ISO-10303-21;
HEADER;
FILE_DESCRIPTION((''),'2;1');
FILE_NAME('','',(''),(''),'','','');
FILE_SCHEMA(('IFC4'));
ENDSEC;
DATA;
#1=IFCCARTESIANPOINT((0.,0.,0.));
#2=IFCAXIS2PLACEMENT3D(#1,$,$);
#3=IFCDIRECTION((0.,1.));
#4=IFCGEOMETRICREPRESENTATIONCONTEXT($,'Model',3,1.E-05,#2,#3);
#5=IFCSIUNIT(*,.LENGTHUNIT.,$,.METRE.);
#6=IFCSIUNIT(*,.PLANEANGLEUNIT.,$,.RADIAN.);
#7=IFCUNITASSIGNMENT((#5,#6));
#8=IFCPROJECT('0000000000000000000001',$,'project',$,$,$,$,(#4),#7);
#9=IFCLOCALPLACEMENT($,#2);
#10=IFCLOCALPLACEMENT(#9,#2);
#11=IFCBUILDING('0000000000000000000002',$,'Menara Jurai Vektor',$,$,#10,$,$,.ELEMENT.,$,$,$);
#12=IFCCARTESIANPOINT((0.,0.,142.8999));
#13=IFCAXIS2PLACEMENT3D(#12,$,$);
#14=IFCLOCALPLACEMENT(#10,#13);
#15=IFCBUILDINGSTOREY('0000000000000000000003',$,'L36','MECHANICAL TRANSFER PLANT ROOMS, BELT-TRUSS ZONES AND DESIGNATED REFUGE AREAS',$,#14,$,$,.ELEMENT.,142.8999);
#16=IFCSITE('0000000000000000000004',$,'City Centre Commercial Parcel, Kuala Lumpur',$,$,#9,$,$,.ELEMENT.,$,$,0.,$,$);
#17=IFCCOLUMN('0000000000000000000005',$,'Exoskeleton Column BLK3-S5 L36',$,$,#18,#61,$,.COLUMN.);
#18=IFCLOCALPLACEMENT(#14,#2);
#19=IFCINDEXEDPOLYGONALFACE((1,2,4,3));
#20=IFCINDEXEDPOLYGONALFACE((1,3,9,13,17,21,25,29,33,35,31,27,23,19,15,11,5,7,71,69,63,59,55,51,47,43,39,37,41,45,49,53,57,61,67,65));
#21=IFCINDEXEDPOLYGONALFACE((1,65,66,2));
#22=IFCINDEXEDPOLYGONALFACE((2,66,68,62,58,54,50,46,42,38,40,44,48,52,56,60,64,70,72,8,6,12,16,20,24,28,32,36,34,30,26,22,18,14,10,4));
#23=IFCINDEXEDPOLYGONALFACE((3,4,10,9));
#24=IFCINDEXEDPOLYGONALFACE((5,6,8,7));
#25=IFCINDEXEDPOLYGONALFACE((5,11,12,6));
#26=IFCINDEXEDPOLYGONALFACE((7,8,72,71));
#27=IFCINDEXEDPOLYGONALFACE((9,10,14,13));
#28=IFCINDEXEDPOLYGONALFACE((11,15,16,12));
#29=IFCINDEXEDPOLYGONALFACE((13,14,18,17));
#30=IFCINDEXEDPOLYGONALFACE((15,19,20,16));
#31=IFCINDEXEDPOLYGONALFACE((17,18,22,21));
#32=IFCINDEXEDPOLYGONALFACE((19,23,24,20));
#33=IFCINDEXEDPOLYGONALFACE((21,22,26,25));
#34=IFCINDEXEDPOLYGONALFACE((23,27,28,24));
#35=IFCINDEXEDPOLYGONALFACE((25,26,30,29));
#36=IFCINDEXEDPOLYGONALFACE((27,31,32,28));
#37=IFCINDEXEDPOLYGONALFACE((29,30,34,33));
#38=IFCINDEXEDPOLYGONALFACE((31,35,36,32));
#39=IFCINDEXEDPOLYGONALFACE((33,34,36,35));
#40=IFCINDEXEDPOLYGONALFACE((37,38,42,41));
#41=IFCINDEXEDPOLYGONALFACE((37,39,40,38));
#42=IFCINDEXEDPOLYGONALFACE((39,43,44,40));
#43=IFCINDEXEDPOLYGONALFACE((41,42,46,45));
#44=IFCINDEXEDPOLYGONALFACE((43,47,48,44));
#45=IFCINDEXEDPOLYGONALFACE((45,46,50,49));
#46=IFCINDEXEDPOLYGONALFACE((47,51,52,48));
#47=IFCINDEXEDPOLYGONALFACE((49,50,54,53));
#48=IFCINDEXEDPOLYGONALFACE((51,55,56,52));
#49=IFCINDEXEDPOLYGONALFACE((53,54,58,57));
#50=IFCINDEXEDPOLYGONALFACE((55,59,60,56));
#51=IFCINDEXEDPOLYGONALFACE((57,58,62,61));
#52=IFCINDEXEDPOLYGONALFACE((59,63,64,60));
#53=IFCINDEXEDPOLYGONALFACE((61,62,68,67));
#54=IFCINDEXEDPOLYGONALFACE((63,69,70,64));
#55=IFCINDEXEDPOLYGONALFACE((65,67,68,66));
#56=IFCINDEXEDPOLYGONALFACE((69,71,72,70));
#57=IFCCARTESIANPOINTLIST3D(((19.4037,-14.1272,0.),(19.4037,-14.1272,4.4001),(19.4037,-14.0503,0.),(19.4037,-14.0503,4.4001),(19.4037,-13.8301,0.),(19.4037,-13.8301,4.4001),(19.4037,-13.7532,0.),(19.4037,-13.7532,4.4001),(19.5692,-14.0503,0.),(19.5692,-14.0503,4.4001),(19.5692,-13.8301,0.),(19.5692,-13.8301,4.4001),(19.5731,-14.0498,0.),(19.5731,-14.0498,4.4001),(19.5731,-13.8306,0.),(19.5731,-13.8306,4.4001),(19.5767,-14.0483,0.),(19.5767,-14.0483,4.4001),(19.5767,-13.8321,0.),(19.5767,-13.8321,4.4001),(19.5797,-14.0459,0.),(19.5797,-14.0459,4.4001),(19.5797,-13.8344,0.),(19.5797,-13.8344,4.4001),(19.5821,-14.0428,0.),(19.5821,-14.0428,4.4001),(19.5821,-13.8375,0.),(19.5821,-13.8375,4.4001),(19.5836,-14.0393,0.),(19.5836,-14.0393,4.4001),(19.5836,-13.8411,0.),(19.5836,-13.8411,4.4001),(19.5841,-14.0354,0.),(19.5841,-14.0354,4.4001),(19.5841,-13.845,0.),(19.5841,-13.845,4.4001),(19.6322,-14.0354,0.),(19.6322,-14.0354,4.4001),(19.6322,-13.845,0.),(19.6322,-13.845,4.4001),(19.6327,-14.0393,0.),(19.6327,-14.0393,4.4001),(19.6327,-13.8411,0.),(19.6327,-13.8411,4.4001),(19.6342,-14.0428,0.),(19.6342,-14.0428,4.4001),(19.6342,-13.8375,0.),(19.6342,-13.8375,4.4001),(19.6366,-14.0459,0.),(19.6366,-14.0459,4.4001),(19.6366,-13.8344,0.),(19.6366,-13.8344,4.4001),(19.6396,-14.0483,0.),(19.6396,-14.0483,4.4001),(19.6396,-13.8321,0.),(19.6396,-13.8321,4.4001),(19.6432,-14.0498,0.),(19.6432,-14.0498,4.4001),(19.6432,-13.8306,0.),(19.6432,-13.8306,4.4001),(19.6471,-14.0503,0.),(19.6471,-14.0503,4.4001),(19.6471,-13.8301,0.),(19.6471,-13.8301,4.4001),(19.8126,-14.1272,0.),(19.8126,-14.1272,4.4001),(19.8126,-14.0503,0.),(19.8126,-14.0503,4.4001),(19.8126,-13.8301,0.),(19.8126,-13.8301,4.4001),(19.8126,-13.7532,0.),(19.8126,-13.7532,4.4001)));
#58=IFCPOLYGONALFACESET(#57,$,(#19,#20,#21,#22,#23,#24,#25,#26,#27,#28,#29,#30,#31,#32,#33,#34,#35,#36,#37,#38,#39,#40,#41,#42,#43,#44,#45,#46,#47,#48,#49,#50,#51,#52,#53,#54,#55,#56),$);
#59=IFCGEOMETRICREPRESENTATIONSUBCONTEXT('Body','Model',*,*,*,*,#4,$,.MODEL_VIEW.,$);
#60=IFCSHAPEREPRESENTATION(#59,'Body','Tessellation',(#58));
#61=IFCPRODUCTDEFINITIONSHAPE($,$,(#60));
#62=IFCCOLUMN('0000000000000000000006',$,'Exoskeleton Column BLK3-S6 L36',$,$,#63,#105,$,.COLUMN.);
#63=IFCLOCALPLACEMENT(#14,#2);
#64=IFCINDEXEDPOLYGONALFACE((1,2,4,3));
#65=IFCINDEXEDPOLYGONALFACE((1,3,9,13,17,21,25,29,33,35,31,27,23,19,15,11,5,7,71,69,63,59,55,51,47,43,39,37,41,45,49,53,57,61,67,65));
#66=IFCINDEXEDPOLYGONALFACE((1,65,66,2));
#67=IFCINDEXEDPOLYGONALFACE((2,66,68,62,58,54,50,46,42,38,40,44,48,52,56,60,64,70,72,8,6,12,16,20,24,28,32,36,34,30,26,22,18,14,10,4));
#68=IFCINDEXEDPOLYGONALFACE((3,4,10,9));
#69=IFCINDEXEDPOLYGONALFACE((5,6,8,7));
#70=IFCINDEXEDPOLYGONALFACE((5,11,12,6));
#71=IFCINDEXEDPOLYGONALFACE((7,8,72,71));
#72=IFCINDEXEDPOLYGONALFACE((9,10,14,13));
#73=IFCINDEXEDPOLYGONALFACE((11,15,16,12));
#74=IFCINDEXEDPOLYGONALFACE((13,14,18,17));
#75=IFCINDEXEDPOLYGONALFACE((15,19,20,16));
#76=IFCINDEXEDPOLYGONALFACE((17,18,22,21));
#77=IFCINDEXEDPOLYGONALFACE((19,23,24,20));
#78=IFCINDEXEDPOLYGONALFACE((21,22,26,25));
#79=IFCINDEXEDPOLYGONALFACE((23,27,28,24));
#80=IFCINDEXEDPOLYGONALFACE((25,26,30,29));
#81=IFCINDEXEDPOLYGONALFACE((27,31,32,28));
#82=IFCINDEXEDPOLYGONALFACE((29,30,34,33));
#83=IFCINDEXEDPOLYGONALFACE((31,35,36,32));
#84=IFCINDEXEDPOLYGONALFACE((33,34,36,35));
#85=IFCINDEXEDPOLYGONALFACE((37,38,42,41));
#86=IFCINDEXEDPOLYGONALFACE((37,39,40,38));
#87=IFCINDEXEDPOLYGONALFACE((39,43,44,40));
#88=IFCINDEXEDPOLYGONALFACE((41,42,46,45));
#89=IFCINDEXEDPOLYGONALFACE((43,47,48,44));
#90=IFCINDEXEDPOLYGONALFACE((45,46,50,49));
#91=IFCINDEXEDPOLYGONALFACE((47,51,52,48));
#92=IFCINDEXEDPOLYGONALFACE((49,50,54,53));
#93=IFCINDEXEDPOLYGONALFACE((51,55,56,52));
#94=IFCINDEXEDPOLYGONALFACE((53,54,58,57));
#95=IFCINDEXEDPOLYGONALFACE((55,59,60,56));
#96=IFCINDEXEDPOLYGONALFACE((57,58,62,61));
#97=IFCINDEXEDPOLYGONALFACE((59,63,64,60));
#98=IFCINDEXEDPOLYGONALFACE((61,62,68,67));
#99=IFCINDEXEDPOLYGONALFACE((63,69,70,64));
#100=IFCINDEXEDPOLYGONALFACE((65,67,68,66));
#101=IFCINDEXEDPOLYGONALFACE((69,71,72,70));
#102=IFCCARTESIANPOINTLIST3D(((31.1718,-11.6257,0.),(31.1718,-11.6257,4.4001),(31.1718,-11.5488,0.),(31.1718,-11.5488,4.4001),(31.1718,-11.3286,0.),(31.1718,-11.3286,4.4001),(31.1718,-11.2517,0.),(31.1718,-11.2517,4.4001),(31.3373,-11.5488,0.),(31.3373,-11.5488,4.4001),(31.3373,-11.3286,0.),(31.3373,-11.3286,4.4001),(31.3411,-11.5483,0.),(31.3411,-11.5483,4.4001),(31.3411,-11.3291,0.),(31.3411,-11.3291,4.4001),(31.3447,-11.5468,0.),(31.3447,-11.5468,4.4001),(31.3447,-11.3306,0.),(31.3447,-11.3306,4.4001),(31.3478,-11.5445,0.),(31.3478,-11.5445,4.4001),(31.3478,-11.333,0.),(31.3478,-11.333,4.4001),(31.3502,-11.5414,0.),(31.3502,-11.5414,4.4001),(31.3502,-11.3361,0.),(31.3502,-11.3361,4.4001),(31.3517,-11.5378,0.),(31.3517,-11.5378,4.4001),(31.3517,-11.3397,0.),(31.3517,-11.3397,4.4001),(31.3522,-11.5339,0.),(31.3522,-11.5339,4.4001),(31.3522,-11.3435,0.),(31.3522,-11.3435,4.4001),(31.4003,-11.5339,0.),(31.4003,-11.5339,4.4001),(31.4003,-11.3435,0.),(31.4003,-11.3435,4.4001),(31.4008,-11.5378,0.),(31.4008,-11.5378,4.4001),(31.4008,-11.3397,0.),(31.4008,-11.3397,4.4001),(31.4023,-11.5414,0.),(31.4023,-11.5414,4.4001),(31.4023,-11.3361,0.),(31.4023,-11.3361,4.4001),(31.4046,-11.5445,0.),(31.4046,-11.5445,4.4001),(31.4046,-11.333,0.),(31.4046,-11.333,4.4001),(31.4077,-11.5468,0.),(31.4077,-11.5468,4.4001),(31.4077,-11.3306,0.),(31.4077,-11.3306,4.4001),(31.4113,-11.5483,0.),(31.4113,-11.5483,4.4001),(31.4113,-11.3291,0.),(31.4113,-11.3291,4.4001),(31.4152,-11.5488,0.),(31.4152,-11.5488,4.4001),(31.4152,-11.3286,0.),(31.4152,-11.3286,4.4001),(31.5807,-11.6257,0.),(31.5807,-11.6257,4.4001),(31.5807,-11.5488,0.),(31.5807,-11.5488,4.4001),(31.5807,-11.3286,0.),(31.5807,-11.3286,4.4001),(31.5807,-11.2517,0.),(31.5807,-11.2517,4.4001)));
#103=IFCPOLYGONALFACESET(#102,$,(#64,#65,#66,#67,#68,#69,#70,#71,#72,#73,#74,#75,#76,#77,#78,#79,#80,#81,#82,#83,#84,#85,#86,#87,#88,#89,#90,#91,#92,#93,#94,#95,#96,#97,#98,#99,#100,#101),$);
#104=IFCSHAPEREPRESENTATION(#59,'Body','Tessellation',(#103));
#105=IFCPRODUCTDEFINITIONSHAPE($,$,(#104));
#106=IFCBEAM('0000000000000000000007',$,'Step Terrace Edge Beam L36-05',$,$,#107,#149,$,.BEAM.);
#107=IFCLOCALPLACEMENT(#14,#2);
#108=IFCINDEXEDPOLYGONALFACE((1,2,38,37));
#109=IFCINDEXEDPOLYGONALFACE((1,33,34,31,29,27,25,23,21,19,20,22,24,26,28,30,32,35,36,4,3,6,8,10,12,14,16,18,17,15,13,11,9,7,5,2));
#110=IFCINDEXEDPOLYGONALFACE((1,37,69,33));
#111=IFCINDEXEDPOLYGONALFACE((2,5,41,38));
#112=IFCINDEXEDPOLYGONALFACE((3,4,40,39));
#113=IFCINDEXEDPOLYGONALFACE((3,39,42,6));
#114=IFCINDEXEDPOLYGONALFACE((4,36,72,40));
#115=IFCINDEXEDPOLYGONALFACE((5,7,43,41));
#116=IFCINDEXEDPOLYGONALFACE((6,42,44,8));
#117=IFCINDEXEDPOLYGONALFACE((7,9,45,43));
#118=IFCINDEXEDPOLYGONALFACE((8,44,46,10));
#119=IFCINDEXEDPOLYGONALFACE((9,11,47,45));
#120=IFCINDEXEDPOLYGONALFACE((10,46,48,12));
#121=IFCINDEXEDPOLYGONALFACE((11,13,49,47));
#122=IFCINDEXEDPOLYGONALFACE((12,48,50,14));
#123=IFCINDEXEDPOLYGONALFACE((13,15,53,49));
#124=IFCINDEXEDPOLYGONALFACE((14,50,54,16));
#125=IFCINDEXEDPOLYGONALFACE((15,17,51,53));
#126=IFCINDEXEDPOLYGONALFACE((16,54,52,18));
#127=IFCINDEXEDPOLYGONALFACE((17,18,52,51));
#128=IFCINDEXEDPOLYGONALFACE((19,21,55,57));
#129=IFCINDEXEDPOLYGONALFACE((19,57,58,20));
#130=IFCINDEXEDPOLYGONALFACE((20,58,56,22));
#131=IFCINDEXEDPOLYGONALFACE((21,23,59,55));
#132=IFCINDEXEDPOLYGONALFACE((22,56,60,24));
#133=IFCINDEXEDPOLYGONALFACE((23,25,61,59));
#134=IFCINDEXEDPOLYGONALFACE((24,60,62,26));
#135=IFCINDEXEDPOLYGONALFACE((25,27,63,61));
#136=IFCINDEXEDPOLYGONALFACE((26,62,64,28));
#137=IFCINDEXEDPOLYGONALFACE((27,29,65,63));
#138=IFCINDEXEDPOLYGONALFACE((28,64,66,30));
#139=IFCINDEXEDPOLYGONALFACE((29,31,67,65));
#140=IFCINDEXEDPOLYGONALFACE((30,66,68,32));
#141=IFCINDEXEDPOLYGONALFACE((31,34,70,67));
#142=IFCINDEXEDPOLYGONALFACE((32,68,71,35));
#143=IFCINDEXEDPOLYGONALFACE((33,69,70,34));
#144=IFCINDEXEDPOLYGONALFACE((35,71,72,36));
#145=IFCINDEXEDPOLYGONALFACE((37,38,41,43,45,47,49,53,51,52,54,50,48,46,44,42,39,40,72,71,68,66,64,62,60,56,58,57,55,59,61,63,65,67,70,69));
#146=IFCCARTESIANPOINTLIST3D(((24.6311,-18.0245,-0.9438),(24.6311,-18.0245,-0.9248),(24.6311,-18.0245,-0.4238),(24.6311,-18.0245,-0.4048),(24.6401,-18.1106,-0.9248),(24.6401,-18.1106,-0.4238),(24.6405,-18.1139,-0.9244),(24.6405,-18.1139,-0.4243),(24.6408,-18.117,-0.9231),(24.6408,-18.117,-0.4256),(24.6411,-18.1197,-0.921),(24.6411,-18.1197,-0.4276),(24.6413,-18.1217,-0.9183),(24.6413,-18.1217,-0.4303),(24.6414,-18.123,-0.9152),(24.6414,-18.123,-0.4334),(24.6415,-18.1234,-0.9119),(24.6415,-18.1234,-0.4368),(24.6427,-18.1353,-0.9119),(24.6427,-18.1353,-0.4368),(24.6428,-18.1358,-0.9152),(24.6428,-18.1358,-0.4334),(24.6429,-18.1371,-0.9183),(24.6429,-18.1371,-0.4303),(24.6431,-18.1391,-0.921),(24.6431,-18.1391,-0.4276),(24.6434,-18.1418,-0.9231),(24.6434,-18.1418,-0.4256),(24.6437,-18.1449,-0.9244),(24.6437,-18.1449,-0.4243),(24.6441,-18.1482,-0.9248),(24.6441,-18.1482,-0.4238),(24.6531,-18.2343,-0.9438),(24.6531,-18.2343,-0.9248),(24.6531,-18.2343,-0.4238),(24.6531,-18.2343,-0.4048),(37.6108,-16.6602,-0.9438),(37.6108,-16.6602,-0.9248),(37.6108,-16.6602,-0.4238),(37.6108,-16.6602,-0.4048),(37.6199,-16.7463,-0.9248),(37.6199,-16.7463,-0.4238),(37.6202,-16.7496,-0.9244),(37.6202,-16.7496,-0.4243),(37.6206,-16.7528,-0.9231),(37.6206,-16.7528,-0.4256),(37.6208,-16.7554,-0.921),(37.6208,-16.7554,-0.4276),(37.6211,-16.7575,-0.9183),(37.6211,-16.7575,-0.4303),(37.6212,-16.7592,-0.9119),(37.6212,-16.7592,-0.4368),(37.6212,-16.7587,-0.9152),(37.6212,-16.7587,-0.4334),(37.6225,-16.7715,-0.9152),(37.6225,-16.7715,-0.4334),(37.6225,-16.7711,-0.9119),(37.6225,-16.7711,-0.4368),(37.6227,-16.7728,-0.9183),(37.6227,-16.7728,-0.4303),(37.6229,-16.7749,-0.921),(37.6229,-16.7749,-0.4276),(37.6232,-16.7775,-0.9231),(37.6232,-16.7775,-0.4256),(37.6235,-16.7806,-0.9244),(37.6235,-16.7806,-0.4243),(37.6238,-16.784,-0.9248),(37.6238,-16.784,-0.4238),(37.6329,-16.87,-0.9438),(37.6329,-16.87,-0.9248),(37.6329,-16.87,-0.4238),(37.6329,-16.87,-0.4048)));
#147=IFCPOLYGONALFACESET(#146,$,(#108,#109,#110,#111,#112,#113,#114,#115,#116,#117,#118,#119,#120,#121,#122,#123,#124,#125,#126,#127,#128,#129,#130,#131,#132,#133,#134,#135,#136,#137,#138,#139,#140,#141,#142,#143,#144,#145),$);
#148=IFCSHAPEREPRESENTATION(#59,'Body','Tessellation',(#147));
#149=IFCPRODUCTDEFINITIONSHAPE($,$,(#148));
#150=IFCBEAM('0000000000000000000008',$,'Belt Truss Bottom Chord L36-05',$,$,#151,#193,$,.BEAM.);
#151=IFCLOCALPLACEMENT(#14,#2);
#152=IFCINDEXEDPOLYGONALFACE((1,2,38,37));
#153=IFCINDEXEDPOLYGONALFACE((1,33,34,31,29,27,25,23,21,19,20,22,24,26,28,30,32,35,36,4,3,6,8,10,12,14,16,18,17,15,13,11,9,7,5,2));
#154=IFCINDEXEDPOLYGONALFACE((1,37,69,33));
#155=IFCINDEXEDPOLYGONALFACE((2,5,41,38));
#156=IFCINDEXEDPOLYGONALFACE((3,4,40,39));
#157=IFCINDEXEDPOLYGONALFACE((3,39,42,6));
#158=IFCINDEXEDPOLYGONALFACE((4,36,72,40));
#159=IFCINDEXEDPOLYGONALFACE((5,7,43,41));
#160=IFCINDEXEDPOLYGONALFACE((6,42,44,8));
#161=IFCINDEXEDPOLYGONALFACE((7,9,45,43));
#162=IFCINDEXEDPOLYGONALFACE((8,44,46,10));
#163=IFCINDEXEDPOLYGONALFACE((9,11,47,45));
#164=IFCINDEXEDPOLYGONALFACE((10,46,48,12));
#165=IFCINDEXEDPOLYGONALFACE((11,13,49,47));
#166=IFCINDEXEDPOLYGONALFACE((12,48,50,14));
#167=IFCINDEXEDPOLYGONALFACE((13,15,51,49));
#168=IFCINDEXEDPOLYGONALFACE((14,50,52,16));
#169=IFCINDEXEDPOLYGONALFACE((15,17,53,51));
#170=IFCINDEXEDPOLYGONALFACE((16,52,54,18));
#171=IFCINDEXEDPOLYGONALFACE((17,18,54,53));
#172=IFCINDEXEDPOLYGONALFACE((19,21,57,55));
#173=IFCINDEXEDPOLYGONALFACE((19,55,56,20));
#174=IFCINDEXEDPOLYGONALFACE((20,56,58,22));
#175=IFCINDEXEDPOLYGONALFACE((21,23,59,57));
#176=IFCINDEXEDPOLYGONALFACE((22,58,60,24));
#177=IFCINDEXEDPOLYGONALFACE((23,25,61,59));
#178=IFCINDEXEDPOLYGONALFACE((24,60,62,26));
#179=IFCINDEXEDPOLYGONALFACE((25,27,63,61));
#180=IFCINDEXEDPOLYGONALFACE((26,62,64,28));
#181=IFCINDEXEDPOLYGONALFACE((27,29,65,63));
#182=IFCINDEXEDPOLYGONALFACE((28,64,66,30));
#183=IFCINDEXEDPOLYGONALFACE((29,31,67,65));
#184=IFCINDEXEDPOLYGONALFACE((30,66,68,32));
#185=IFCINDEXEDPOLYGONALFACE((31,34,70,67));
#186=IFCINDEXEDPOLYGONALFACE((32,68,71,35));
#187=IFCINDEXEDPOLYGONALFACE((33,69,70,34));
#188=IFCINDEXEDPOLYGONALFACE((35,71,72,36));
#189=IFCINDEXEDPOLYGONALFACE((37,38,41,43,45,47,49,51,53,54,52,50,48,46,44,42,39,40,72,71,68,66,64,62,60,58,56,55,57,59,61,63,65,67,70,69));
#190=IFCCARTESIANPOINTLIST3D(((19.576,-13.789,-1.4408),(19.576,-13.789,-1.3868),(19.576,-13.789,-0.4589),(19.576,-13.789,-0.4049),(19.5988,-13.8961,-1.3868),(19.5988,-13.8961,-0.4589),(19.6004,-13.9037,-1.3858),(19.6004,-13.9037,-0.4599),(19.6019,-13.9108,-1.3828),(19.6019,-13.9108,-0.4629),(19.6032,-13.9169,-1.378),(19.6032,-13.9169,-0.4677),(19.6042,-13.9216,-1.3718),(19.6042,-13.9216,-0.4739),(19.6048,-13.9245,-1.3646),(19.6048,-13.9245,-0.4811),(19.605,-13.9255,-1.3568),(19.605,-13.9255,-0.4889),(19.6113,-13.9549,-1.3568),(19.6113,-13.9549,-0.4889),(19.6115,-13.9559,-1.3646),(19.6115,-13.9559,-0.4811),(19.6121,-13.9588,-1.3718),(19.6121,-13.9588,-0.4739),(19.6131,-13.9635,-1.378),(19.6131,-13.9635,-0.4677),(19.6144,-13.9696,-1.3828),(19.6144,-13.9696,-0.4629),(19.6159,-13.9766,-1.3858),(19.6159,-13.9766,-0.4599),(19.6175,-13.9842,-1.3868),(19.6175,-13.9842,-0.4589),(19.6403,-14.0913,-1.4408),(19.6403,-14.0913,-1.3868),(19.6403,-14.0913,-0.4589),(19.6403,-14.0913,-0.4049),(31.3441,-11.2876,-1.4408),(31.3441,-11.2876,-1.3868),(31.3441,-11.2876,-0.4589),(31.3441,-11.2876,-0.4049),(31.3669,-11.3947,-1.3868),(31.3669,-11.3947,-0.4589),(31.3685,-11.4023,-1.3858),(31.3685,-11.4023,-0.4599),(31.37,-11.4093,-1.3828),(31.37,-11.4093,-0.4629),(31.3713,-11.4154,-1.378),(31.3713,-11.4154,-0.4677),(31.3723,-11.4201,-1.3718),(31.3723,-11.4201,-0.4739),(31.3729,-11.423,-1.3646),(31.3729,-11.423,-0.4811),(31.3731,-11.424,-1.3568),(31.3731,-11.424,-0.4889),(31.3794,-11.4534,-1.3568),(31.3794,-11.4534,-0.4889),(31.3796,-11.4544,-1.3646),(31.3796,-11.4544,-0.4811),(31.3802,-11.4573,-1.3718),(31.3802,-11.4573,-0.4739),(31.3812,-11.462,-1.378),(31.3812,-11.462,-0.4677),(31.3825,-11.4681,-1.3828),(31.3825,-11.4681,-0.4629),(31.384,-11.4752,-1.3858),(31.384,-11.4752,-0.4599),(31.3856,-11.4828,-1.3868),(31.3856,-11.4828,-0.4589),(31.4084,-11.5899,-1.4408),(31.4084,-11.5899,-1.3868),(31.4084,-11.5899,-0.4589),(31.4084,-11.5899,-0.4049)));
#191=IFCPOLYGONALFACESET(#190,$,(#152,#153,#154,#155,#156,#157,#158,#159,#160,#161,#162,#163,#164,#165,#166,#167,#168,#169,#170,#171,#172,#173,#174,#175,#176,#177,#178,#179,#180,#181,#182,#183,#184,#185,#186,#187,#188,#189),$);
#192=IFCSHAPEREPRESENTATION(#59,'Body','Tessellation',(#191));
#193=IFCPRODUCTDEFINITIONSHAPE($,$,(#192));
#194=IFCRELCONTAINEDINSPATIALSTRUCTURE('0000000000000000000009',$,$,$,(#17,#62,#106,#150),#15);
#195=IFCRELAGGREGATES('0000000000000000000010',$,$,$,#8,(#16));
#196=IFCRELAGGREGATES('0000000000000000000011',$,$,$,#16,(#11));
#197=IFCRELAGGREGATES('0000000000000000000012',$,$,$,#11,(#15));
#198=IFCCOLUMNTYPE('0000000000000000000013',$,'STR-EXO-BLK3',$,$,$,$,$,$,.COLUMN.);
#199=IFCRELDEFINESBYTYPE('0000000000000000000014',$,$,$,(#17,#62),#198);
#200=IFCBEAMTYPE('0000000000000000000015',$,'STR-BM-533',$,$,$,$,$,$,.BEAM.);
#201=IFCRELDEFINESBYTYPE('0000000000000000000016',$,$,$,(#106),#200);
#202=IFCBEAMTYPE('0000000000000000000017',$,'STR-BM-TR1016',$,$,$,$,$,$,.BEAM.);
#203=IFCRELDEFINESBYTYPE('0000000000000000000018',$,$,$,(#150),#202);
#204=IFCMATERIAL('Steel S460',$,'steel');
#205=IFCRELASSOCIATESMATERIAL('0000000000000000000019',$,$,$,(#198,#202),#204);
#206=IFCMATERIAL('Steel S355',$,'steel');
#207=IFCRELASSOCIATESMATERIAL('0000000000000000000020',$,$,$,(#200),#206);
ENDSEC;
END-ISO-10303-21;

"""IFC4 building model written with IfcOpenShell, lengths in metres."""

from ifc_helpers import new_model, si_unit, direction, frame, origin, origin_2d, place, context, subcontext, project, spatial, i_section, extrude, material, material_profile, profile_set, type_object, element, save


model = new_model("IFC4")

# Units and contexts
model_context = context("Model", 3, precision=1e-05, world=origin(), true_north=direction((0.0, 1.0)))
body_context = subcontext(model_context, "Body", "Model", "MODEL_VIEW")
ifc_project = project(units=[si_unit("LENGTHUNIT", "METRE"), si_unit("PLANEANGLEUNIT", "RADIAN")], contexts=[model_context])

# Site, building, storey
site_placement = place(None, origin())
site = spatial("IfcSite", under=ifc_project, at=site_placement, Name="City Centre Commercial Parcel, Kuala Lumpur", CompositionType="ELEMENT", RefElevation=0.0)
building_placement = place(site_placement, origin())
building = spatial("IfcBuilding", under=site, at=building_placement, Name="Menara Jurai Vektor", CompositionType="ELEMENT")
storey_placement = place(building_placement, frame((0.0, 0.0, 142.8999)))
storey = spatial("IfcBuildingStorey", under=building, at=storey_placement, Name="L36", Description="MECHANICAL TRANSFER PLANT ROOMS, BELT-TRUSS ZONES AND DESIGNATED REFUGE AREAS", CompositionType="ELEMENT", Elevation=142.8999)

# Columns
ifc_material_1 = material(Name="Steel S460", Category="steel")
ifc_material_profile_1 = material_profile(ifc_material_1, i_section(OverallWidth=0.4089, OverallDepth=0.374, WebThickness=0.0481, FlangeThickness=0.0769, FilletRadius=0.0149, at=origin_2d()), Name="HD 400x634")
ifc_profile_set_1 = profile_set([ifc_material_profile_1], Name="Steel S460")
column_type = type_object("IfcColumnType", Name="STR-EXO-BLK3", PredefinedType="COLUMN", material=ifc_profile_set_1)
for number, where, z_axis, x_axis, name in (
    (1, (19.6082, -13.9402, 0.0), (0.0, 0.0, 1.0), (1.0, 0.0, 0.0), "Exoskeleton Column BLK3-S5 L36"),
    (2, (31.3762, -11.4387, 0.0), (0.0, 0.0, 1.0), (1.0, 0.0, 0.0), "Exoskeleton Column BLK3-S6 L36"),
):
    element("IfcColumn", number, at=place(storey_placement, frame(where, z_axis=z_axis, x_axis=x_axis)), inside=storey, type_object=column_type, Name=name, PredefinedType="COLUMN", context=body_context, shape_type="SweptSolid", body=[
        extrude(i_section(OverallWidth=0.4089, OverallDepth=0.374, WebThickness=0.0481, FlangeThickness=0.0769, FilletRadius=0.0149, at=origin_2d()), origin(), (0.0, 0.0, 1.0), 4.4001),
    ])

# Beams
ifc_material_2 = material(Name="Steel S355", Category="steel")
ifc_material_profile_2 = material_profile(ifc_material_2, i_section(OverallWidth=0.2109, OverallDepth=0.5391, WebThickness=0.012, FlangeThickness=0.019, FilletRadius=0.0129, at=origin_2d()), Name="UKB 533x210x109")
ifc_profile_set_2 = profile_set([ifc_material_profile_2], Name="Steel S355")
beam_type_1 = type_object("IfcBeamType", Name="STR-BM-533", PredefinedType="BEAM", material=ifc_profile_set_2)
beam_1_placement = place(storey_placement, frame((24.6421, -18.1294, -0.6743), z_axis=(0.994522, 0.104531, 0.0), x_axis=(-0.104531, 0.994522, 0.0)))
element("IfcBeam", 3, at=beam_1_placement, inside=storey, type_object=beam_type_1, Name="Step Terrace Edge Beam L36-05", PredefinedType="BEAM", context=body_context, shape_type="SweptSolid", body=[
    extrude(i_section(OverallWidth=0.2109, OverallDepth=0.5391, WebThickness=0.012, FlangeThickness=0.019, FilletRadius=0.0129, at=origin_2d()), origin(), (0.0, 0.0, 1.0), 13.0513),
])
ifc_material_profile_3 = material_profile(ifc_material_1, i_section(OverallWidth=0.3091, OverallDepth=1.0359, WebThickness=0.03, FlangeThickness=0.054, FilletRadius=0.03, at=origin_2d()), Name="UKB 1016x305x487")
ifc_profile_set_3 = profile_set([ifc_material_profile_3], Name="Steel S460")
beam_type_2 = type_object("IfcBeamType", Name="STR-BM-TR1016", PredefinedType="BEAM", material=ifc_profile_set_3)
beam_2_placement = place(storey_placement, frame((19.6082, -13.9402, -0.9229), z_axis=(0.978146, 0.207918, 0.0), x_axis=(-0.207918, 0.978146, 0.0)))
element("IfcBeam", 4, at=beam_2_placement, inside=storey, type_object=beam_type_2, Name="Belt Truss Bottom Chord L36-05", PredefinedType="BEAM", context=body_context, shape_type="SweptSolid", body=[
    extrude(i_section(OverallWidth=0.3091, OverallDepth=1.0359, WebThickness=0.03, FlangeThickness=0.054, FilletRadius=0.03, at=origin_2d()), origin(), (0.0, 0.0, 1.0), 12.031),
])

save(model, "model.ifc")
